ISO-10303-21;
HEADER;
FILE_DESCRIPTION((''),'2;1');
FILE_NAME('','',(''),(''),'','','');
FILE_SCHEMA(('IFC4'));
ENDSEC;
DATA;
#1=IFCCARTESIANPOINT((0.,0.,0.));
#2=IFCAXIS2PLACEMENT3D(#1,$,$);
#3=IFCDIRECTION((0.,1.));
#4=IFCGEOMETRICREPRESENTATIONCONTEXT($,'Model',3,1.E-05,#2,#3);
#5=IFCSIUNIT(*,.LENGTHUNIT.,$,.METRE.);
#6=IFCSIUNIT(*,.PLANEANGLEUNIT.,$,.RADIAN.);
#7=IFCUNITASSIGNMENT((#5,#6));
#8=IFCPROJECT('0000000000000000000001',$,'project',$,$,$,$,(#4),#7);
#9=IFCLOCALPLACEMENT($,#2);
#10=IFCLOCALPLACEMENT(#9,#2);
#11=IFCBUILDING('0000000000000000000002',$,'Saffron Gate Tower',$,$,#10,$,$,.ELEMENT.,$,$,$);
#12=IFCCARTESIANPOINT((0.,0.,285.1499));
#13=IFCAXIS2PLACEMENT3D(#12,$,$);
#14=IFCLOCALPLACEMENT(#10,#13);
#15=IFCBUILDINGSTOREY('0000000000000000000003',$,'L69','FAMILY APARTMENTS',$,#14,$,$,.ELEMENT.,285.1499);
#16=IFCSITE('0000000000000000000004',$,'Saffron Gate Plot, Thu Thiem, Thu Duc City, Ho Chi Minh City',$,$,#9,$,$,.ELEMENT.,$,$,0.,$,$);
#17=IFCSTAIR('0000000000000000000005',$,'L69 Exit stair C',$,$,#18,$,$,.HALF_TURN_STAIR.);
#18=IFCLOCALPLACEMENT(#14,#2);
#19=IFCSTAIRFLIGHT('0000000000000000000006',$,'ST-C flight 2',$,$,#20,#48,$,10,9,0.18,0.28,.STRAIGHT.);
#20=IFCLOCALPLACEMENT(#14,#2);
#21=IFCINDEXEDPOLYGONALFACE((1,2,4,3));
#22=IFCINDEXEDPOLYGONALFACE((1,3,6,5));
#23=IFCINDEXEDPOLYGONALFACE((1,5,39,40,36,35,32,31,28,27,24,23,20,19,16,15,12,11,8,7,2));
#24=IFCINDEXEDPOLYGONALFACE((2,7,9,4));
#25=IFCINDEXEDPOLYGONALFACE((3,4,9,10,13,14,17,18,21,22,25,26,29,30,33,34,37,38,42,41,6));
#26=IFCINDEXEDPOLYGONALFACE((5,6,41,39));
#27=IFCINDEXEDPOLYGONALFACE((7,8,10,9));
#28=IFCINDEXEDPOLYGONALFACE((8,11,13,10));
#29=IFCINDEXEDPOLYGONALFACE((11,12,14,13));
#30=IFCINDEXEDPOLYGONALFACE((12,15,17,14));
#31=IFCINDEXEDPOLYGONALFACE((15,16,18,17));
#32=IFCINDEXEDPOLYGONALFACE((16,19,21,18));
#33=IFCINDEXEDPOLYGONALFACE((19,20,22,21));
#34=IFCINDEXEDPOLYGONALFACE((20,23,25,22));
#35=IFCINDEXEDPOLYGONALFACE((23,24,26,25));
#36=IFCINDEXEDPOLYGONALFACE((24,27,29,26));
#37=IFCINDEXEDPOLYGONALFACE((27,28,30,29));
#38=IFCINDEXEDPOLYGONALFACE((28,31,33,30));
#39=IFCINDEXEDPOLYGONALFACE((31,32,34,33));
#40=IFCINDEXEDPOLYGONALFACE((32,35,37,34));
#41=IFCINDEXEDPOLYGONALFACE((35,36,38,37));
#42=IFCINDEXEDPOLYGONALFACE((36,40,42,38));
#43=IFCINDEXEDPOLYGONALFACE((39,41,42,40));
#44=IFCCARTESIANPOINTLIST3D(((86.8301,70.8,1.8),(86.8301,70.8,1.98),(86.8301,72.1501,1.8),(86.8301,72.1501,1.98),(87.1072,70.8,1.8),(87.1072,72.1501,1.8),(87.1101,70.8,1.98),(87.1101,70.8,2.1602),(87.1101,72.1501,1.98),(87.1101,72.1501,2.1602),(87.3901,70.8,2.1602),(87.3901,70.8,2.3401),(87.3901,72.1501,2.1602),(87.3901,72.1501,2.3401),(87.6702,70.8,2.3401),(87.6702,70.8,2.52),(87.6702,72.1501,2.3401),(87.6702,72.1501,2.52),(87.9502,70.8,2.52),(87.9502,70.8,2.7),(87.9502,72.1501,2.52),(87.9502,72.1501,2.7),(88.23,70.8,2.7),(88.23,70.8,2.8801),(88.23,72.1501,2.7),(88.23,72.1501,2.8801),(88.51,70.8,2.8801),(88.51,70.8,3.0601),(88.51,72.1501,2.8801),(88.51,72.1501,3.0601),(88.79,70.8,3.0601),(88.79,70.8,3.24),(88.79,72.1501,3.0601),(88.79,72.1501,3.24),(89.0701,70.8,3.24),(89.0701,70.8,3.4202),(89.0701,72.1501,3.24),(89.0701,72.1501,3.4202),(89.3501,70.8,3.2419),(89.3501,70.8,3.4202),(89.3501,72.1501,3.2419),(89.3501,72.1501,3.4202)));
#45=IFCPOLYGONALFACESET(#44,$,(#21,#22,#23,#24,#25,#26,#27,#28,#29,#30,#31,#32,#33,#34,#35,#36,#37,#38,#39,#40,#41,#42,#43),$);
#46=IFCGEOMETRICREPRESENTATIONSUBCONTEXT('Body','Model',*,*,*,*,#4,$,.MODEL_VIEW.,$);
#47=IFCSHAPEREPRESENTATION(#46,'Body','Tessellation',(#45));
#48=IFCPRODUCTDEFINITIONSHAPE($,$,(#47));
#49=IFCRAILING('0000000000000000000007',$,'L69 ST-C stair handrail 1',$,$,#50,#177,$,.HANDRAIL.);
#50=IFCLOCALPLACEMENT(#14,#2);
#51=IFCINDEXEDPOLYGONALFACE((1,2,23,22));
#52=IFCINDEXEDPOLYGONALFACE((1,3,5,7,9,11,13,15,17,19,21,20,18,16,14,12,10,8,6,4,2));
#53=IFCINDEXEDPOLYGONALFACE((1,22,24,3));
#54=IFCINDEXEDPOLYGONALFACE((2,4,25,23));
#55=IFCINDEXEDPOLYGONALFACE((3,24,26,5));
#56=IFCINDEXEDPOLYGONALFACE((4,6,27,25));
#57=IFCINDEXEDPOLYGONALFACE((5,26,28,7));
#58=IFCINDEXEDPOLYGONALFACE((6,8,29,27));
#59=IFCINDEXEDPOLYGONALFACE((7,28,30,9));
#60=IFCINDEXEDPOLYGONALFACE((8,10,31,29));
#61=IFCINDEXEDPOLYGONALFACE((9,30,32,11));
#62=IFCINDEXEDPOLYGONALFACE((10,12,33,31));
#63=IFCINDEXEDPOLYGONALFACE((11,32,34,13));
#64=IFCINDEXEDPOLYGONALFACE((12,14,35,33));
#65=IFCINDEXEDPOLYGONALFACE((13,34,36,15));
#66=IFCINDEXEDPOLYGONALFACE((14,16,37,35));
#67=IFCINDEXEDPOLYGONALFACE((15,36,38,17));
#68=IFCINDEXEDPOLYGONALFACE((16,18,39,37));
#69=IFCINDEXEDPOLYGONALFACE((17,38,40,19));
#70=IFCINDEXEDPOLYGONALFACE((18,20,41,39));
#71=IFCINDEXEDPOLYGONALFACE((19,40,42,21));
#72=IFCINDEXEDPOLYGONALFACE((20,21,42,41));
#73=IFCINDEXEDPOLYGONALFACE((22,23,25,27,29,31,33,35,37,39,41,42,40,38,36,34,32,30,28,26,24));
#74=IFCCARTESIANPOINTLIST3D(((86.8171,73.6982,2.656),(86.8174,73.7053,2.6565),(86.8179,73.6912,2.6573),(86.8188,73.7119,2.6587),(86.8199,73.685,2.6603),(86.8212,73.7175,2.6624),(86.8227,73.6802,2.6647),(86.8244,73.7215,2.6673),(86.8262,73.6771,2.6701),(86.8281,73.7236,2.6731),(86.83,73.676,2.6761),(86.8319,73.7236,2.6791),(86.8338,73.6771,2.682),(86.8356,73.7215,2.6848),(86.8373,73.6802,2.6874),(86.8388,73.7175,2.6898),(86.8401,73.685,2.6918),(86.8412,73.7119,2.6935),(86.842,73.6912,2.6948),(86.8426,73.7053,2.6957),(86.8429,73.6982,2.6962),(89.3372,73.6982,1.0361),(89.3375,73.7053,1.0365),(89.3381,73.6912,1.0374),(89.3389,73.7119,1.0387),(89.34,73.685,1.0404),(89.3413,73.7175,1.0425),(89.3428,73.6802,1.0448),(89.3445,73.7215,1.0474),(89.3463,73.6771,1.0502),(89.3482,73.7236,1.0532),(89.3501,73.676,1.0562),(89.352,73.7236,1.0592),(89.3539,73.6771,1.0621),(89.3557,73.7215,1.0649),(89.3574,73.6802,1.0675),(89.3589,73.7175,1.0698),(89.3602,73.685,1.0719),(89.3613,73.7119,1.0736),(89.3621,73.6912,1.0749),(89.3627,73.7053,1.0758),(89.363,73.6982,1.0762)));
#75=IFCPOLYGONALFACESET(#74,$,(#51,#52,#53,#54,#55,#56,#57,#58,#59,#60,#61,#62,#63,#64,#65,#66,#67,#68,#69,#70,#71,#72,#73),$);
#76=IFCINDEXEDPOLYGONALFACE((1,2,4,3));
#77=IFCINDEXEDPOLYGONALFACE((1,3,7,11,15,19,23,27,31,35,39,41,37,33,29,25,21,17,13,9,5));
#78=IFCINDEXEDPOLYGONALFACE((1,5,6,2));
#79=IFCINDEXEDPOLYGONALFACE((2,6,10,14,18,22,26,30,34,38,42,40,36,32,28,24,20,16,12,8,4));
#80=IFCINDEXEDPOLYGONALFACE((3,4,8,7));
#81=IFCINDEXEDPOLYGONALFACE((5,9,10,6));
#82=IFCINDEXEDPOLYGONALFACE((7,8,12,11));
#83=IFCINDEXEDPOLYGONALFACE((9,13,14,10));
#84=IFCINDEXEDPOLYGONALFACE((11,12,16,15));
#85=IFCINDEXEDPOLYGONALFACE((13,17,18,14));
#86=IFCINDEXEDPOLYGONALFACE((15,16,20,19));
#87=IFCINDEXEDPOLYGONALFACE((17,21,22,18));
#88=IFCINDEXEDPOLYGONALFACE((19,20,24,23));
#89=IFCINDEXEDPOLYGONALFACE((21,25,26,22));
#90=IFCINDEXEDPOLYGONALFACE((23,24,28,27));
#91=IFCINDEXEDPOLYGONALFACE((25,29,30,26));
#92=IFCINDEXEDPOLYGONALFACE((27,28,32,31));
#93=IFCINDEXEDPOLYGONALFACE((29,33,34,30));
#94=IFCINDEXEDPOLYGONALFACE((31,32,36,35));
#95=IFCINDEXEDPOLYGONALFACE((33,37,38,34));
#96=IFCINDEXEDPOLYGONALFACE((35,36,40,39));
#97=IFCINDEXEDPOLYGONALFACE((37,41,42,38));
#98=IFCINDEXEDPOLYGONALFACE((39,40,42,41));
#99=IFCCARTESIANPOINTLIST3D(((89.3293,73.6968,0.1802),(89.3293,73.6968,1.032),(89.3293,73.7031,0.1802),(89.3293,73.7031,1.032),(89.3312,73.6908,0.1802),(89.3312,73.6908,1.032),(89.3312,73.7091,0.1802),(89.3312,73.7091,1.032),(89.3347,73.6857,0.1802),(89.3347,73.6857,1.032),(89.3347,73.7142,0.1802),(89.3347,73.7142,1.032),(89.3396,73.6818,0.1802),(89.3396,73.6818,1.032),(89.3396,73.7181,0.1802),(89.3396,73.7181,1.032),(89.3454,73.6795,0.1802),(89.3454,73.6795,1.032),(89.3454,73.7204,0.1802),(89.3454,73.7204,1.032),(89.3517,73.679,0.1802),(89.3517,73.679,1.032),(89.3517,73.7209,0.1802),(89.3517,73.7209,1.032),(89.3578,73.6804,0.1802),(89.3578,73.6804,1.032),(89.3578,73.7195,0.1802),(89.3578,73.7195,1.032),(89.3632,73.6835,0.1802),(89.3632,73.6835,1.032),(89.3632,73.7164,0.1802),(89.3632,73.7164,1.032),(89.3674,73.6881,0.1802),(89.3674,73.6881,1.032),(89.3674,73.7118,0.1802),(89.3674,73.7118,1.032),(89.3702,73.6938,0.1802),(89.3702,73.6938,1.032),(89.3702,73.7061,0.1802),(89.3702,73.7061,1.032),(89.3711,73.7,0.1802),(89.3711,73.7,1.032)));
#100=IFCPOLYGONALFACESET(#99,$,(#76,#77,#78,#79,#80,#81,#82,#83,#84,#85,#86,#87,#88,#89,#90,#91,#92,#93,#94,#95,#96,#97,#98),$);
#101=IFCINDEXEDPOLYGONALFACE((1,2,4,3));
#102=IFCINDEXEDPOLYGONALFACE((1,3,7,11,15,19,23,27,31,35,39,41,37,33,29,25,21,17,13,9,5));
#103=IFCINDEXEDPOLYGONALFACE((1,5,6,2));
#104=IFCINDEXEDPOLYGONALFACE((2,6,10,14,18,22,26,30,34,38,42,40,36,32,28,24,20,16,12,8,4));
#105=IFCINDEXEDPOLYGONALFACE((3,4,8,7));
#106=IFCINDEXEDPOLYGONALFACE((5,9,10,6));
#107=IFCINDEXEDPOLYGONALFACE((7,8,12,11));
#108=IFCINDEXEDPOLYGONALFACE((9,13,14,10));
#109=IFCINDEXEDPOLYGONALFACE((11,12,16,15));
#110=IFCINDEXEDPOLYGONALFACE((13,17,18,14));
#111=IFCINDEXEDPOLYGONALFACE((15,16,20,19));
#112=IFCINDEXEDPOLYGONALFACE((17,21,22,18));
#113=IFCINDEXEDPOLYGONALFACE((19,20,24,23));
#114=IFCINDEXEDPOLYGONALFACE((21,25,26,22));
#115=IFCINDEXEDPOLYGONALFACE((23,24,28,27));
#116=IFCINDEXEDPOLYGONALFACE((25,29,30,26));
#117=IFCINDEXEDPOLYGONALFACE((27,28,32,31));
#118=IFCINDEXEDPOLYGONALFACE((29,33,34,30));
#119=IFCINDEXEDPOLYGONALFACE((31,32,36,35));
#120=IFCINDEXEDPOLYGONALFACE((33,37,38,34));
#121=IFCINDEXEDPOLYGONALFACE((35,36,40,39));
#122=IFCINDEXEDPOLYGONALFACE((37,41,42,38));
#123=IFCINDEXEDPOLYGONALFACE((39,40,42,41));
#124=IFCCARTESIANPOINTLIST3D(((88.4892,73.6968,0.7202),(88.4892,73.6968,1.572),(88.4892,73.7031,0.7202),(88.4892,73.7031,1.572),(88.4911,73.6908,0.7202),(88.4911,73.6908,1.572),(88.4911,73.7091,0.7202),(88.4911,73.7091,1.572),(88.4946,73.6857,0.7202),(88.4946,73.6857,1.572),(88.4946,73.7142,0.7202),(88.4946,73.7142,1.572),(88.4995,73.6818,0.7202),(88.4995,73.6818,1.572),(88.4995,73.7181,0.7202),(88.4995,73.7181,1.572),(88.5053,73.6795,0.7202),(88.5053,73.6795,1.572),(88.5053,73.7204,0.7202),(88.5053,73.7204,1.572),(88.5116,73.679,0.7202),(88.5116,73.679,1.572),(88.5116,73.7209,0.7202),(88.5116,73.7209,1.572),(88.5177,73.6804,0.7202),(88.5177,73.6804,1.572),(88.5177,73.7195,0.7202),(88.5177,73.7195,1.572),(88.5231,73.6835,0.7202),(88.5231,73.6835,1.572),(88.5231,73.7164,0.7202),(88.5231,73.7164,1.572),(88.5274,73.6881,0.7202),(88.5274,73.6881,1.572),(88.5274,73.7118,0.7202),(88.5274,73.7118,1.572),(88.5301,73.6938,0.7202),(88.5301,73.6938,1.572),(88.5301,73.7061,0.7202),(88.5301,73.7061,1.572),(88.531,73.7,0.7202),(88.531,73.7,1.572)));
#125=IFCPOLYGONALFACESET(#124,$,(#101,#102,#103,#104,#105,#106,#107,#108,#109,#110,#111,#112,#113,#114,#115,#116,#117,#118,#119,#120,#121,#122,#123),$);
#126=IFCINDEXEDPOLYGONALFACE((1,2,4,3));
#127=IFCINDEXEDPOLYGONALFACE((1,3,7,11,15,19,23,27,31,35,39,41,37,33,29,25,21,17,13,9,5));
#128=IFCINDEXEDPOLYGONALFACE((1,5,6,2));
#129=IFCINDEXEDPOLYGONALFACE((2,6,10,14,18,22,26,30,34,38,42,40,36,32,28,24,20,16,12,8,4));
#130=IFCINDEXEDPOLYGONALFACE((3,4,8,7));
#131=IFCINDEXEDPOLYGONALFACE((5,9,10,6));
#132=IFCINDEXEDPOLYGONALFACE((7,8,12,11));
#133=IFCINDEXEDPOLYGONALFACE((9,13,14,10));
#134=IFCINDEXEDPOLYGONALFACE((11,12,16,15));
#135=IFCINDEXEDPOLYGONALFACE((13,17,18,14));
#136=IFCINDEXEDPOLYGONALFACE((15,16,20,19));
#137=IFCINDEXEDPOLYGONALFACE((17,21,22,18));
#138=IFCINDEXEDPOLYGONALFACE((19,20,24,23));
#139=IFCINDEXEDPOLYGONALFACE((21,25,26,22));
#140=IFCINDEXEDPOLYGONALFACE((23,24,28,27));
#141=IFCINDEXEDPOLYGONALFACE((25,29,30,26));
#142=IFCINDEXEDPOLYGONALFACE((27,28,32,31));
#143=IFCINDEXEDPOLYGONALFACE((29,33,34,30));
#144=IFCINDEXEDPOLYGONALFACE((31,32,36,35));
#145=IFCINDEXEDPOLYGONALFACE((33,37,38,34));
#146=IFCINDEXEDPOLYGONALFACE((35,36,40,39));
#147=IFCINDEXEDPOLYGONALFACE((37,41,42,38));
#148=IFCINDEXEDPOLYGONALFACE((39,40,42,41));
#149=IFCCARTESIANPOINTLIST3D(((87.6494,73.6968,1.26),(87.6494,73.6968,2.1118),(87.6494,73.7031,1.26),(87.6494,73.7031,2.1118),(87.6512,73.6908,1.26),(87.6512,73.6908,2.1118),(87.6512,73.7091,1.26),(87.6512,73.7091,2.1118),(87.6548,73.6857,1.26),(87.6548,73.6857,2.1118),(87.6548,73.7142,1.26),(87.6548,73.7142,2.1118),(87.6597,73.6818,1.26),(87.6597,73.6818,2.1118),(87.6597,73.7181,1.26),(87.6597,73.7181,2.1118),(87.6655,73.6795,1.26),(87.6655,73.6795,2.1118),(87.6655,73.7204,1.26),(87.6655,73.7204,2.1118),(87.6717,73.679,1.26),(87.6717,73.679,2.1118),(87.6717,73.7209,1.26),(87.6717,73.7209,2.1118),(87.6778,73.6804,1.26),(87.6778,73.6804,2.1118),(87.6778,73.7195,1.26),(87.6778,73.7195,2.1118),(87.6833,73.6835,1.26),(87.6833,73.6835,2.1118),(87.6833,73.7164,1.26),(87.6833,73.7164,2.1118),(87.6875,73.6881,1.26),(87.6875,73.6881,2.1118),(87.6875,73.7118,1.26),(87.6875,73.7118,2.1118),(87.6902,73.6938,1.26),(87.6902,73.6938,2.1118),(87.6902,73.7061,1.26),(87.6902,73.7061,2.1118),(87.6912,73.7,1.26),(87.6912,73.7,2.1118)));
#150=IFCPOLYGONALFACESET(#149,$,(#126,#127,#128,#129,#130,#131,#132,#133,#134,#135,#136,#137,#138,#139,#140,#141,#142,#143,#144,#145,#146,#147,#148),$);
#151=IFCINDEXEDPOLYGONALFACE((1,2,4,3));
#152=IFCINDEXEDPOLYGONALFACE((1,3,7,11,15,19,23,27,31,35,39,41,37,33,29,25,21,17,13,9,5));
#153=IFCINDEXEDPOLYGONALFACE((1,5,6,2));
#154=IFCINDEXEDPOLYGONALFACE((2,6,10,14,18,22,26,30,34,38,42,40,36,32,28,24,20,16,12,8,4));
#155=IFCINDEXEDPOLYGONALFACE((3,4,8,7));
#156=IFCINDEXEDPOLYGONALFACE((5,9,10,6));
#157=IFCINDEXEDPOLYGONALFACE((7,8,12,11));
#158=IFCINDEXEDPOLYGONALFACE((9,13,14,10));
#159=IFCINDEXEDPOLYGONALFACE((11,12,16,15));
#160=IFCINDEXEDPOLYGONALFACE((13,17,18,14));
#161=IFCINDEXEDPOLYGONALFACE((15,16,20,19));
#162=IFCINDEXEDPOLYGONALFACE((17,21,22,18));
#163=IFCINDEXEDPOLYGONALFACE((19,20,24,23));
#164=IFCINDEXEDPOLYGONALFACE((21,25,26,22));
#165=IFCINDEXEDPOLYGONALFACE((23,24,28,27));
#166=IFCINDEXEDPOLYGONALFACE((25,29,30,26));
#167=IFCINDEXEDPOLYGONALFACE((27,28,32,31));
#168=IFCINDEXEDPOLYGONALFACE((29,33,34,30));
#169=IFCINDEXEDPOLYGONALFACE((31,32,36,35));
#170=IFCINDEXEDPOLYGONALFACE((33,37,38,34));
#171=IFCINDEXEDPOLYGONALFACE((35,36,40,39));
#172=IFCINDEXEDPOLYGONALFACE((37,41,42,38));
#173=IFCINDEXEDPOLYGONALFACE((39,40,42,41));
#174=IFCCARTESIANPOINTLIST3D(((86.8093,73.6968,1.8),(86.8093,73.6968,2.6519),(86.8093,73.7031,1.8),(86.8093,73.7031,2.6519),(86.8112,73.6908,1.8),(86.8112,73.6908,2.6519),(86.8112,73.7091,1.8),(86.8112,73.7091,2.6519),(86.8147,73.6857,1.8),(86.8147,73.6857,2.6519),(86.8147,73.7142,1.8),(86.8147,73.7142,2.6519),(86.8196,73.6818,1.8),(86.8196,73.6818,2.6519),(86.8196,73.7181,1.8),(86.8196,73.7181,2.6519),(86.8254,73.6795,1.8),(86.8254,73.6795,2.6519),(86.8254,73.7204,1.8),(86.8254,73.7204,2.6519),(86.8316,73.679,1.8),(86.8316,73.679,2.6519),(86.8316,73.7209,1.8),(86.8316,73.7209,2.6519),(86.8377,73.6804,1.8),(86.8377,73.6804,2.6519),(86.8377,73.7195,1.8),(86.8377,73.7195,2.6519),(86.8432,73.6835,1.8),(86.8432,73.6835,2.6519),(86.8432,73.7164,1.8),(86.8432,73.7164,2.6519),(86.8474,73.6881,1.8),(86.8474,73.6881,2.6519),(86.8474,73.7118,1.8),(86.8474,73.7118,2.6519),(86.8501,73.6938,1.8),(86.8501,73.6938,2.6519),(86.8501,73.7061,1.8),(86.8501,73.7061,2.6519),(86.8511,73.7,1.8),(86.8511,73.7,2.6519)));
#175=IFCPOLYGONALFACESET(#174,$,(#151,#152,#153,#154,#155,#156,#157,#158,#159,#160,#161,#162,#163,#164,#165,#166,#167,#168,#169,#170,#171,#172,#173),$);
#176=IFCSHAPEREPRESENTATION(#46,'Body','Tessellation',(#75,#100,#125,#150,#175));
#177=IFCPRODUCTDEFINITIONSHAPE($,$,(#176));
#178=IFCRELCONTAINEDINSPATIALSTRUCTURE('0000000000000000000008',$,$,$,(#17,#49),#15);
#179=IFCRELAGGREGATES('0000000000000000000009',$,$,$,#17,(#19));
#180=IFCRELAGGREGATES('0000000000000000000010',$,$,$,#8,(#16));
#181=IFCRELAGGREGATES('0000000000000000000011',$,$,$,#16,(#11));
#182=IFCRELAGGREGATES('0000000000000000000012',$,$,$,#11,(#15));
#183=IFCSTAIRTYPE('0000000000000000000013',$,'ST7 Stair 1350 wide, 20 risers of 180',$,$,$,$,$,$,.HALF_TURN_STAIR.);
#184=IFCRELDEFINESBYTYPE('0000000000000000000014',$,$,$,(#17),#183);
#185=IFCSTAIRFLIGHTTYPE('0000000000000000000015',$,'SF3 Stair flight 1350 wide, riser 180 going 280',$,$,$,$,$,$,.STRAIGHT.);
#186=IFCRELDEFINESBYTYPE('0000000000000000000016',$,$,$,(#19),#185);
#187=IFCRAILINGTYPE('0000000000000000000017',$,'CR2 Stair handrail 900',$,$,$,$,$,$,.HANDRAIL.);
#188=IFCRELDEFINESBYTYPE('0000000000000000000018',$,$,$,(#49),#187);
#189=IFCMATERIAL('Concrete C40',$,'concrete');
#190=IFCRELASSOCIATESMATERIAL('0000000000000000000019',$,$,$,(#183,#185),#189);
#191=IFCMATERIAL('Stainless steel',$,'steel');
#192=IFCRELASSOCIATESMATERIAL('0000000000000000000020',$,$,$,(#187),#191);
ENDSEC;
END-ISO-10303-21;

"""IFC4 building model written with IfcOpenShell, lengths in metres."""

from ifc_helpers import new_model, si_unit, direction, frame, origin, origin_2d, place, context, subcontext, project, spatial, polyline, circle, outline, extrude, material, type_object, element, aggregate, save


model = new_model("IFC4")

# Units and contexts
model_context = context("Model", 3, precision=1e-05, world=origin(), true_north=direction((0.0, 1.0)))
body_context = subcontext(model_context, "Body", "Model", "MODEL_VIEW")
ifc_project = project(units=[si_unit("LENGTHUNIT", "METRE"), si_unit("PLANEANGLEUNIT", "RADIAN")], contexts=[model_context])

# Site, building, storey
site_placement = place(None, origin())
site = spatial("IfcSite", under=ifc_project, at=site_placement, Name="Saffron Gate Plot, Thu Thiem, Thu Duc City, Ho Chi Minh City", CompositionType="ELEMENT", RefElevation=0.0)
building_placement = place(site_placement, origin())
building = spatial("IfcBuilding", under=site, at=building_placement, Name="Saffron Gate Tower", CompositionType="ELEMENT")
storey_placement = place(building_placement, frame((0.0, 0.0, 285.1499)))
storey = spatial("IfcBuildingStorey", under=building, at=storey_placement, Name="L69", Description="FAMILY APARTMENTS", CompositionType="ELEMENT", Elevation=285.1499)

# Stair, stair flight
ifc_material_1 = material(Name="Concrete C40", Category="concrete")
stair_type = type_object("IfcStairType", Name="ST7 Stair 1350 wide, 20 risers of 180", PredefinedType="HALF_TURN_STAIR", material=ifc_material_1)
stair_placement = place(storey_placement, origin())
stair = element("IfcStair", 1, at=stair_placement, inside=storey, type_object=stair_type, Name="L69 Exit stair C", PredefinedType="HALF_TURN_STAIR")
stair_flight_type = type_object("IfcStairFlightType", Name="SF3 Stair flight 1350 wide, riser 180 going 280", PredefinedType="STRAIGHT", material=ifc_material_1)
stair_flight_1_placement = place(storey_placement, frame((86.8301, 71.4751, 1.8), z_axis=(0.0, 0.0, 1.0), x_axis=(1.0, 0.0, 0.0)))
stair_flight_1 = element("IfcStairFlight", 2, at=stair_flight_1_placement, type_object=stair_flight_type, Name="ST-C flight 2", NumberOfRisers=10, NumberOfTreads=9, PredefinedType="STRAIGHT", RiserHeight=0.18, TreadLength=0.28, context=body_context, shape_type="SweptSolid", body=[
    extrude(outline(polyline([(0.0, 0.0), (0.0, 0.1799), (0.28, 0.1799), (0.28, 0.3601), (0.5601, 0.3601), (0.5601, 0.54), (0.8401, 0.54), (0.8401, 0.72), (1.1201, 0.72), (1.1201, 0.8999), (1.3999, 0.8999), (1.3999, 1.0801), (1.6799, 1.0801), (1.6799, 1.26), (1.96, 1.26), (1.96, 1.4399), (2.24, 1.4399), (2.24, 1.6201), (2.52, 1.6201), (2.52, 1.8), (2.52, 1.4419), (0.2771, 0.0), (0.0, 0.0)])), frame((0.0, 0.675, 0.0), z_axis=(0.0, -1.0, 0.0), x_axis=(1.0, 0.0, 0.0)), (0.0, 0.0, 1.0), 1.3501),
])
aggregate(stair, [stair_flight_1])

# Railing
ifc_material_2 = material(Name="Stainless steel", Category="steel")
railing_type_1 = type_object("IfcRailingType", Name="CR2 Stair handrail 900", PredefinedType="HANDRAIL", material=ifc_material_2)
railing_1_placement = place(storey_placement, frame((89.3501, 73.7, 0.1802)))
element("IfcRailing", 3, at=railing_1_placement, inside=storey, type_object=railing_type_1, Name="L69 ST-C stair handrail 1", PredefinedType="HANDRAIL", context=body_context, shape_type="SweptSolid", body=[
    extrude(circle(Radius=0.0239, at=origin_2d()), frame((0.0, 0.0, 0.876), z_axis=(-0.8412, 0.0, 0.540725), x_axis=(0.0, -1.0, 0.0)), (0.0, 0.0, 1.0), 2.9958),
    extrude(circle(Radius=0.021, at=origin_2d()), origin(), (0.0, 0.0, 1.0), 0.8518),
    extrude(circle(Radius=0.021, at=origin_2d()), frame((-0.8401, 0.0, 0.54)), (0.0, 0.0, 1.0), 0.8518),
    extrude(circle(Radius=0.021, at=origin_2d()), frame((-1.6799, 0.0, 1.0798)), (0.0, 0.0, 1.0), 0.8518),
    extrude(circle(Radius=0.021, at=origin_2d()), frame((-2.52, 0.0, 1.6199)), (0.0, 0.0, 1.0), 0.8518),
])

save(model, "model.ifc")
